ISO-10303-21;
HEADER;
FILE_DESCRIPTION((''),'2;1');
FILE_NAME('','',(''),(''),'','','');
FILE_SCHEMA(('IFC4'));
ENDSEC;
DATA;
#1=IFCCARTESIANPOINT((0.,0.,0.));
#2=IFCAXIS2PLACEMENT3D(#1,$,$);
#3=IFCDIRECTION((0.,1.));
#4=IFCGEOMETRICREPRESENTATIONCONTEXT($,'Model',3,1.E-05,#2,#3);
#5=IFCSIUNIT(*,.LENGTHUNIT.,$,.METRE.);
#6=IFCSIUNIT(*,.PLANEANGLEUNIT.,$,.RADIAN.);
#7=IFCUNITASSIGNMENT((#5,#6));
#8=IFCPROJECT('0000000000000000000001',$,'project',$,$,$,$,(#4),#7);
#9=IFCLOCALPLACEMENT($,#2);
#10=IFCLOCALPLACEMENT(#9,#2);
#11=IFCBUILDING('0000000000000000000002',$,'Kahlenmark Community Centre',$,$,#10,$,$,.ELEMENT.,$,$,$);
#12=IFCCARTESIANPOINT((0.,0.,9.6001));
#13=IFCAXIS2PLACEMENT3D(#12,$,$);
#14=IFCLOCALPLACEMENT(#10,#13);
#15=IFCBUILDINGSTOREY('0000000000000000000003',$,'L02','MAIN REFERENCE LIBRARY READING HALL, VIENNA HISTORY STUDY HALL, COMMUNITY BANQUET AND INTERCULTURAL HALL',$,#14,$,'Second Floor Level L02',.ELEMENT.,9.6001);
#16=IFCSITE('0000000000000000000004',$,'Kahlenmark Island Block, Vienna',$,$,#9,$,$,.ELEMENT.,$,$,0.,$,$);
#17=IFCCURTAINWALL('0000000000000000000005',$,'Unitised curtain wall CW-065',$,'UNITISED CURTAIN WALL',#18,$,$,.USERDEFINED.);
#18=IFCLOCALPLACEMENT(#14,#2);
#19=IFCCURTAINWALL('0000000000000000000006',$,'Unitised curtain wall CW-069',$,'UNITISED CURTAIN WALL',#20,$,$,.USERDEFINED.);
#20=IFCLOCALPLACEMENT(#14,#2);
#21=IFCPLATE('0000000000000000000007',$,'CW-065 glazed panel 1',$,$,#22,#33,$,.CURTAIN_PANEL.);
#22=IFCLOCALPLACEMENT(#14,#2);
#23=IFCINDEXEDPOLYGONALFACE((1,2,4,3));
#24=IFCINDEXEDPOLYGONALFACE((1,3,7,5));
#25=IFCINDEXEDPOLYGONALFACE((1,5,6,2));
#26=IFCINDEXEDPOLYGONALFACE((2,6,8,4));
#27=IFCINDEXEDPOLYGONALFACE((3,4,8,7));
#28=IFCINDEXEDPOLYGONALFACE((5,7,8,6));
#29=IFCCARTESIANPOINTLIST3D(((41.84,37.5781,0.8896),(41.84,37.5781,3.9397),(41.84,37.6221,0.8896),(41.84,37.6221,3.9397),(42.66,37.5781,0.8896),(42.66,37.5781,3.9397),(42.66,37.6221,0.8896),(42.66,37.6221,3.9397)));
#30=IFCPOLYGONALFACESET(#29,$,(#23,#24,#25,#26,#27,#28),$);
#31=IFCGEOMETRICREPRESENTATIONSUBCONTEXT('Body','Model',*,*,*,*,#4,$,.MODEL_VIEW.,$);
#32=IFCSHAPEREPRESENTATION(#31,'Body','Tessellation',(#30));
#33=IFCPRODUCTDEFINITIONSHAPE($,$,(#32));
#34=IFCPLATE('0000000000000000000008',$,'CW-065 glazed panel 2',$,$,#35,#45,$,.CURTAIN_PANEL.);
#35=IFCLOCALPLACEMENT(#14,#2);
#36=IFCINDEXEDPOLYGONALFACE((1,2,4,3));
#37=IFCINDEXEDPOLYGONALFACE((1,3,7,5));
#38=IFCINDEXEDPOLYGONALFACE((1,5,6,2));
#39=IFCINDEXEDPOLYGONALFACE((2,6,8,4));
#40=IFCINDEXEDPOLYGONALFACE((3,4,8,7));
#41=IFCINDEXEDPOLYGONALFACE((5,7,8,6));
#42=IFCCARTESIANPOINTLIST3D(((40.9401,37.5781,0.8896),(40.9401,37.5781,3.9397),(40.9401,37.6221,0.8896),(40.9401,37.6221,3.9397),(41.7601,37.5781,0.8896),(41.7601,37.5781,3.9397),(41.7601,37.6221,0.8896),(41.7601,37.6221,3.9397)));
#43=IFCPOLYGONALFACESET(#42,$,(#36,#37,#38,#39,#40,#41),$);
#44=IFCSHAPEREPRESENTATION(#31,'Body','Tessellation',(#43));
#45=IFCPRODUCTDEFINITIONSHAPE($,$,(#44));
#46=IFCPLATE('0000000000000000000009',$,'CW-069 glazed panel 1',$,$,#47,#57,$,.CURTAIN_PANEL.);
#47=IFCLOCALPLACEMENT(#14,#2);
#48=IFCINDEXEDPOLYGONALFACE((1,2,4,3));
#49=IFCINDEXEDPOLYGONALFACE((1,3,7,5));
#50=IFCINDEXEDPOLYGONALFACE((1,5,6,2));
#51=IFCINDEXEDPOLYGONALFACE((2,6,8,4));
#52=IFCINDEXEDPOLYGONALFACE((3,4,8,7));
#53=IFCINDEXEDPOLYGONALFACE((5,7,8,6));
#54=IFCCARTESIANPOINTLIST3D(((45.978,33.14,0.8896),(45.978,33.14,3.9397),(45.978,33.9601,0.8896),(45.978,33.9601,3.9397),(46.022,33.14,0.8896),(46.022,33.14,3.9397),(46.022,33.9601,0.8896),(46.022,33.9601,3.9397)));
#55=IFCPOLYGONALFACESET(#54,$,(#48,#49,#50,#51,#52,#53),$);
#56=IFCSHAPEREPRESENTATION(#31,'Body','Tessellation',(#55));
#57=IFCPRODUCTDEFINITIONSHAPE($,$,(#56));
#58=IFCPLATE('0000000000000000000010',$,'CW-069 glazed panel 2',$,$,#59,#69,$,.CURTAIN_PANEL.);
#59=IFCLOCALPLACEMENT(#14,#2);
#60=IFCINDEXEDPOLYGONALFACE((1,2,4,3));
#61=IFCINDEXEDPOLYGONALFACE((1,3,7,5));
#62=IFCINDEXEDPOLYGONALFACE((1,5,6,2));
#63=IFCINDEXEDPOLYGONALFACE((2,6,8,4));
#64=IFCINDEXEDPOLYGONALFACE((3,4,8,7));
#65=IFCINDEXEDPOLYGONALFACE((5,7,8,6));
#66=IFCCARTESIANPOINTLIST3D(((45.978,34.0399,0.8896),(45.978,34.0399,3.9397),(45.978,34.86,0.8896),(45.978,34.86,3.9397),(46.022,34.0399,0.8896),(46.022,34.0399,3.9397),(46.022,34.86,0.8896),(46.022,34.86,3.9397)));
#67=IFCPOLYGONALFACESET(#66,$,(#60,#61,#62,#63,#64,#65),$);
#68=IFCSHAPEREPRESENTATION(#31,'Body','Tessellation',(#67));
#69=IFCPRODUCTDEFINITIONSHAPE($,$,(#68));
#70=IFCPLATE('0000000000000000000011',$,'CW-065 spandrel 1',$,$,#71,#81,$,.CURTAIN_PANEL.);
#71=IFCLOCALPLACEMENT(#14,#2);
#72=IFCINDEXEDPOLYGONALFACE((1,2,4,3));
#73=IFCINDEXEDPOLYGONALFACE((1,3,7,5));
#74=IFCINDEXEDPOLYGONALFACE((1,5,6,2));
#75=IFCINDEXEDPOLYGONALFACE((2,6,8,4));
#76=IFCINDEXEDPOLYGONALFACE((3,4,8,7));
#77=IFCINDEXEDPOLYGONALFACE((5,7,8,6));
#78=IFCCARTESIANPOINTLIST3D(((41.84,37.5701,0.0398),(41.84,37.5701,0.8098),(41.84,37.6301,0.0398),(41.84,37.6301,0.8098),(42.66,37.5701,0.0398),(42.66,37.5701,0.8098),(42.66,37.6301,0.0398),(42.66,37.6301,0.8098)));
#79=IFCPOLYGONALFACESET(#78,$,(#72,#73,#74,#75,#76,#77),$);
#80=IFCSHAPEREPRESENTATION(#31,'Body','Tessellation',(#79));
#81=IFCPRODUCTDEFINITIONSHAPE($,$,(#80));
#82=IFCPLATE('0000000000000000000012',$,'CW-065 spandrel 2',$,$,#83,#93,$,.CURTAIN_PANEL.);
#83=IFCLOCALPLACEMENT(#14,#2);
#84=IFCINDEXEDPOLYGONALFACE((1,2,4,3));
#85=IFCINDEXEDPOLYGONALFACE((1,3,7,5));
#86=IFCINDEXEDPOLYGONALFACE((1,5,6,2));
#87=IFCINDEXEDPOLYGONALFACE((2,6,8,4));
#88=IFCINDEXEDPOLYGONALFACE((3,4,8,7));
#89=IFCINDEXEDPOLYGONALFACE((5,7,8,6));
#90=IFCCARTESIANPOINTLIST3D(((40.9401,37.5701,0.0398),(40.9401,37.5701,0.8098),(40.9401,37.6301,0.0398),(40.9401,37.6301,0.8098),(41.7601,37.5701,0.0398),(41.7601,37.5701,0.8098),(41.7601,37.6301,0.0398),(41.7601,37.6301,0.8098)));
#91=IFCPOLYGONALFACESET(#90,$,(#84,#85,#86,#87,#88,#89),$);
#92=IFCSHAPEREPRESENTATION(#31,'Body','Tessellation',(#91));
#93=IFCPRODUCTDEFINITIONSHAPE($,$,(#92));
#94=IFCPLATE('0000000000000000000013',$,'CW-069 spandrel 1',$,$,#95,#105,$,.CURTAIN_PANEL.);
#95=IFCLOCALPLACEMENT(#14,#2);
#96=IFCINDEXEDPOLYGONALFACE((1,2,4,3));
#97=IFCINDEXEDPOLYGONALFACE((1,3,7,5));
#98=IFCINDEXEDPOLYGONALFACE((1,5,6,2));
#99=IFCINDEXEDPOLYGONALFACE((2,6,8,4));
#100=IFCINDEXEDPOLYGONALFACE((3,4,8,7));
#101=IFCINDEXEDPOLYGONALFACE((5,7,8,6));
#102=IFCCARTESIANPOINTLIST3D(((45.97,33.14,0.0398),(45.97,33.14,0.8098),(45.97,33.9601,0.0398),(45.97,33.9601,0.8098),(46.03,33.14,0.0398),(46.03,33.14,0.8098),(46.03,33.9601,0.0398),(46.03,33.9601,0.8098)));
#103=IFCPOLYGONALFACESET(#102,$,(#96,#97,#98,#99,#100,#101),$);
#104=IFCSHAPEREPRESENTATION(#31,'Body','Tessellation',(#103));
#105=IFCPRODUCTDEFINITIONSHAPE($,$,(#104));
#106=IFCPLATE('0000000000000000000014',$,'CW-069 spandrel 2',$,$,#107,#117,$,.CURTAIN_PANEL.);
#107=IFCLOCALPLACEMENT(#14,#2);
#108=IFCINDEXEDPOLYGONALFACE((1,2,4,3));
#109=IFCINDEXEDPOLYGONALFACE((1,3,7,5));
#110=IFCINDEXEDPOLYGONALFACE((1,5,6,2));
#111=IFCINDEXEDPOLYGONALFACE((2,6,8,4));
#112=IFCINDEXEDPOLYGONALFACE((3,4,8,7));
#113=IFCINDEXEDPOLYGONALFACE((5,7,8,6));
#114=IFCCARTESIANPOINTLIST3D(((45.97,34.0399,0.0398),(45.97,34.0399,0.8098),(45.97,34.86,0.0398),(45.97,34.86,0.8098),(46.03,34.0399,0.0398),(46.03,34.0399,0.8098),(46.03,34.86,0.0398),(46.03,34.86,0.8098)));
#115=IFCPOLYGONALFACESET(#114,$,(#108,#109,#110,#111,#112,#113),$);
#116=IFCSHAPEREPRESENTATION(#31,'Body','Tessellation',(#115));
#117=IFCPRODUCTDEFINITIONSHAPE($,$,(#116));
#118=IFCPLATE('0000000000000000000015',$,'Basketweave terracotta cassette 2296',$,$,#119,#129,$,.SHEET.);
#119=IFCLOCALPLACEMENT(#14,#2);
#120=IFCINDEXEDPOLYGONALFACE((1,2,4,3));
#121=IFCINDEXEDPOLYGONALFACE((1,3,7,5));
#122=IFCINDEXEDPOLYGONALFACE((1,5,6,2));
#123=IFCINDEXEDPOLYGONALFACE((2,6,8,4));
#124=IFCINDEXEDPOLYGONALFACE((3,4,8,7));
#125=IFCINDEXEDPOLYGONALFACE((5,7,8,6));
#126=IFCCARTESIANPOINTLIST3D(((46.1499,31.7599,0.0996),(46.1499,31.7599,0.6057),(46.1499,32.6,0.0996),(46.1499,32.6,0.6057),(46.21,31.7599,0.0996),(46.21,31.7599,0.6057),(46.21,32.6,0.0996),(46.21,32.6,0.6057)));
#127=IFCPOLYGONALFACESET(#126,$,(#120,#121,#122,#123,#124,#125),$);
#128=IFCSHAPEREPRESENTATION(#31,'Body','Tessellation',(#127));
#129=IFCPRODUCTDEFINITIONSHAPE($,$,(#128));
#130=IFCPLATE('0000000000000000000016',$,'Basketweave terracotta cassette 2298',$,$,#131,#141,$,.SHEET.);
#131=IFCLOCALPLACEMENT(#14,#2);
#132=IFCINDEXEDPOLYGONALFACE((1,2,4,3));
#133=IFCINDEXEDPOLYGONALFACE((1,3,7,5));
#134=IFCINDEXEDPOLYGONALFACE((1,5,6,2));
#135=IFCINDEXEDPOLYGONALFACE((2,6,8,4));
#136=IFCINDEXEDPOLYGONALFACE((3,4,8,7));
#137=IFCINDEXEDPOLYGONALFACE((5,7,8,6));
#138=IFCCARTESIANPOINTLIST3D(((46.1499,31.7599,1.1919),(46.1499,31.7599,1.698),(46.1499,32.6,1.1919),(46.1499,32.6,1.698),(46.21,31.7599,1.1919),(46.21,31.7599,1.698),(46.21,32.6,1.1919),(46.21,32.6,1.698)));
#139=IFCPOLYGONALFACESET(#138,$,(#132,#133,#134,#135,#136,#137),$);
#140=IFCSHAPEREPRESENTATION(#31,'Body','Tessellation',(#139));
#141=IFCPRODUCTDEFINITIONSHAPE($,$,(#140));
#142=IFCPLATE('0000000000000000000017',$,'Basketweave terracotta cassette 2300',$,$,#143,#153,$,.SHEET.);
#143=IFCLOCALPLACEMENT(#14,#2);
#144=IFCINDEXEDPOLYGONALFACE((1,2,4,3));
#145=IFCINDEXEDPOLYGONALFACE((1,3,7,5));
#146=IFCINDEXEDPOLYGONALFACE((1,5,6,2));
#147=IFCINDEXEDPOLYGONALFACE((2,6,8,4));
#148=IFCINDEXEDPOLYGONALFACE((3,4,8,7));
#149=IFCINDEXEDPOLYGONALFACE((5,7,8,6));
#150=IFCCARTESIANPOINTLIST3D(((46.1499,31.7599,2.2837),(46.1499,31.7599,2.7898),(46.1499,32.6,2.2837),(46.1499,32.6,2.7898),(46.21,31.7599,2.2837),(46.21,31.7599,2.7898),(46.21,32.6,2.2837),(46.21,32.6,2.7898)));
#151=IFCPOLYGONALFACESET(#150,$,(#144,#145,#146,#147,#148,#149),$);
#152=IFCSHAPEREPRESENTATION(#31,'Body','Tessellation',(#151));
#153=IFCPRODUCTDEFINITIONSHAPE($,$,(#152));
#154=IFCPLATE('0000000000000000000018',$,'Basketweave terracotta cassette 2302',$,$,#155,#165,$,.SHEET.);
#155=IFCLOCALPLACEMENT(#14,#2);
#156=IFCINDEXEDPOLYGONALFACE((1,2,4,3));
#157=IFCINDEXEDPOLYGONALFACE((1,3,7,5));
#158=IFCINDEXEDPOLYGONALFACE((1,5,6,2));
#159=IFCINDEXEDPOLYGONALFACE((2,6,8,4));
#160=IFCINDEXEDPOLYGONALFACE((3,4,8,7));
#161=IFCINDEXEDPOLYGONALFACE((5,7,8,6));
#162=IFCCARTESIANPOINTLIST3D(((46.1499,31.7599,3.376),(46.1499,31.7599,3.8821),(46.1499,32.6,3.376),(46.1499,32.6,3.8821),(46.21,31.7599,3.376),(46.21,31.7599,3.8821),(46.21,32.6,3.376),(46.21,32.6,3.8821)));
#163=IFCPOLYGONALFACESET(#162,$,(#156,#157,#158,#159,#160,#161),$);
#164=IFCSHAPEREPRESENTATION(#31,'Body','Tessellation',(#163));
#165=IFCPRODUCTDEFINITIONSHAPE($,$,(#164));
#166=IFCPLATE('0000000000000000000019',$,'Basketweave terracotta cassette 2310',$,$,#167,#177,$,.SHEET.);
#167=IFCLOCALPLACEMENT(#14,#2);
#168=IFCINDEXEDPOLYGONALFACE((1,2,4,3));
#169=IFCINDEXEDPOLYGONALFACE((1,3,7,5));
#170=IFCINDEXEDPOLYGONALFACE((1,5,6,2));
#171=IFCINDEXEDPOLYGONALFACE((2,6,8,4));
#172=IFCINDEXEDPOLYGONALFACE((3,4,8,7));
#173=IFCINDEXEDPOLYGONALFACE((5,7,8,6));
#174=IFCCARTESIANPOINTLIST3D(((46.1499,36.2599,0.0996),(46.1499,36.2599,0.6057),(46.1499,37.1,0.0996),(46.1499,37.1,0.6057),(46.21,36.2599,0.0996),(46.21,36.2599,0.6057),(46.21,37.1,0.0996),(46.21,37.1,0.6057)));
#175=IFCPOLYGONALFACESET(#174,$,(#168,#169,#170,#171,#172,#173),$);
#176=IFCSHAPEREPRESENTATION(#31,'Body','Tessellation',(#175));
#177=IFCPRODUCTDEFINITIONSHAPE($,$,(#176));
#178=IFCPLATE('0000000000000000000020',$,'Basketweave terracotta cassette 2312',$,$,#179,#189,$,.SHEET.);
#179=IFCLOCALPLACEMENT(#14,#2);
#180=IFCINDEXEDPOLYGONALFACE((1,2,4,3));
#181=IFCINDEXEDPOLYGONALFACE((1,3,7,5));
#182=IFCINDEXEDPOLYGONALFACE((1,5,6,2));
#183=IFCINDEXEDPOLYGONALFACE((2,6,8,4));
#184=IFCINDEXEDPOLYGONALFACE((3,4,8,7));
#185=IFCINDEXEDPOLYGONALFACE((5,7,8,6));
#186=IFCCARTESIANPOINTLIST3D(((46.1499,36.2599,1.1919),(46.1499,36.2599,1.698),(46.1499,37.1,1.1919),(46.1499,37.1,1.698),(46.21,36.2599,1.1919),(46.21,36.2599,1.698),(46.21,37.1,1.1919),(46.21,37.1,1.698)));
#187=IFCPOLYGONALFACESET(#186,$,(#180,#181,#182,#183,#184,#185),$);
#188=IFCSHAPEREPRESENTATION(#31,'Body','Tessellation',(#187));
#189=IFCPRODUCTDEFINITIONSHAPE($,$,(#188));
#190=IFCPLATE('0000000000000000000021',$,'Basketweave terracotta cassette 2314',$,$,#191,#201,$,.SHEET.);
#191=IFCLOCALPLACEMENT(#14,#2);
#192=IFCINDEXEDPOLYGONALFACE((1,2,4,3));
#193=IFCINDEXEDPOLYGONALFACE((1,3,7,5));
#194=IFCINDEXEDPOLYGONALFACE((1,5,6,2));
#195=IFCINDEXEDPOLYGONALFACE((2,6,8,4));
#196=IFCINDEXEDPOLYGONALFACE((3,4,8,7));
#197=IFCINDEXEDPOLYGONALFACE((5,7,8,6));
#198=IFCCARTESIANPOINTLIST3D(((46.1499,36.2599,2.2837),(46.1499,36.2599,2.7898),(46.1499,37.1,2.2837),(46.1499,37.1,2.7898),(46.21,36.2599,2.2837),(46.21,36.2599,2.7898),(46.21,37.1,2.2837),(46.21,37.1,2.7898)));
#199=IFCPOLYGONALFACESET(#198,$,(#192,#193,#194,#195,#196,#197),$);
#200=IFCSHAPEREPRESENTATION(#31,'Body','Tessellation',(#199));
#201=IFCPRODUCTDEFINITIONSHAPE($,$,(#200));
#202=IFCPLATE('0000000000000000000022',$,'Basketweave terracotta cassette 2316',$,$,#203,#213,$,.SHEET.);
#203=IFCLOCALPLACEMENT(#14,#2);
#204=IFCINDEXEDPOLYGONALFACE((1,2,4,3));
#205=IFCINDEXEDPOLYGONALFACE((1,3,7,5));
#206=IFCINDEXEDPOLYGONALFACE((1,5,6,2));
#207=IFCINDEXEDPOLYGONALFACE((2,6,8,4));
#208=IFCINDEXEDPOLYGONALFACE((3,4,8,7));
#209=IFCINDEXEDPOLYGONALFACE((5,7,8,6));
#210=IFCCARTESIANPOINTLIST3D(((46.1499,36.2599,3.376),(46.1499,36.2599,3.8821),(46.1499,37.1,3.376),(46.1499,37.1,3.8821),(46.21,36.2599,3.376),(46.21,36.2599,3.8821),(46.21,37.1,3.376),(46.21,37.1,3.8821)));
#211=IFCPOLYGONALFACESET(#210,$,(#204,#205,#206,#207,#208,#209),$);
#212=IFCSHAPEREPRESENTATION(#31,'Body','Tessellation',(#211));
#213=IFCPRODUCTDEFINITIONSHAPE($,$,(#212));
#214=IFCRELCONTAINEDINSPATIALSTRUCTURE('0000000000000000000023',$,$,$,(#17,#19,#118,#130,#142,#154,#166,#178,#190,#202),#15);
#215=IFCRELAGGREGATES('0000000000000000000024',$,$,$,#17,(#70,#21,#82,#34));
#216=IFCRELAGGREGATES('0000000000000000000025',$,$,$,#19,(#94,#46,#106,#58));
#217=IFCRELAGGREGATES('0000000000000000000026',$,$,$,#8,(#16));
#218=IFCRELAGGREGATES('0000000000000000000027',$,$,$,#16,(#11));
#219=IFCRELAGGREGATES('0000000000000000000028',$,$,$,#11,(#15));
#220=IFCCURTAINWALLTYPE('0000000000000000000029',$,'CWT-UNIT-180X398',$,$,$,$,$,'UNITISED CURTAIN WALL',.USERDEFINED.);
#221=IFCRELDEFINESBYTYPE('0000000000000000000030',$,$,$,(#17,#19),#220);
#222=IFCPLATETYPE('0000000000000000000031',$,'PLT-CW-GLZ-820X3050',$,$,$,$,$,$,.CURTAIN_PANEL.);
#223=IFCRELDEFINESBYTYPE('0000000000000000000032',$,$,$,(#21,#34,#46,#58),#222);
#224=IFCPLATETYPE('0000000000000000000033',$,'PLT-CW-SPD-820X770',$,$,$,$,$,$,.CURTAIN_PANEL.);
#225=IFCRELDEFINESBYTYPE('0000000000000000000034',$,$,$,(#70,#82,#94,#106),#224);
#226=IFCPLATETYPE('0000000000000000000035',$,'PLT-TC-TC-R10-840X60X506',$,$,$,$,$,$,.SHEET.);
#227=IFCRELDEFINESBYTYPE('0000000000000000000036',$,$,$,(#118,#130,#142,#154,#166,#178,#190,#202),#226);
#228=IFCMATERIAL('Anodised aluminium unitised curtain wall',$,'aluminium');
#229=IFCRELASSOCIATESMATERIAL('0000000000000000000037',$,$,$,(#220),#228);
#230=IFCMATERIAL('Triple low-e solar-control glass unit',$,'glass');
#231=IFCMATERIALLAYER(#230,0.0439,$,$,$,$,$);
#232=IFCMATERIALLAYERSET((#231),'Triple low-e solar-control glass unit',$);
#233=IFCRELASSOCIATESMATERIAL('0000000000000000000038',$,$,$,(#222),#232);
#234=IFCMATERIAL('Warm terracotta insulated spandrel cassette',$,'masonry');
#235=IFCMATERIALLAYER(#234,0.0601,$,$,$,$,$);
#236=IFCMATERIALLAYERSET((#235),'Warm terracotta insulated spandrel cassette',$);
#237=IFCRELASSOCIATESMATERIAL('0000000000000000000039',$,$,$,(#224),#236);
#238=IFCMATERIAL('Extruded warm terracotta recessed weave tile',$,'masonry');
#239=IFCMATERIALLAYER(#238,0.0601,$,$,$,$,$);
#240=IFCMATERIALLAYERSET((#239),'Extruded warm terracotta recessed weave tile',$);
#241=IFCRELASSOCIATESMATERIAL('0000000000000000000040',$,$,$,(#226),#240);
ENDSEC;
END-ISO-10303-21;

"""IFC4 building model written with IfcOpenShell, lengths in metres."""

from ifc_helpers import new_model, si_unit, direction, frame, origin, origin_2d, place, context, subcontext, project, spatial, rectangle, extrude, material, layer, layer_set, type_object, element, aggregate, save


model = new_model("IFC4")

# Units and contexts
model_context = context("Model", 3, precision=1e-05, world=origin(), true_north=direction((0.0, 1.0)))
body_context = subcontext(model_context, "Body", "Model", "MODEL_VIEW")
ifc_project = project(units=[si_unit("LENGTHUNIT", "METRE"), si_unit("PLANEANGLEUNIT", "RADIAN")], contexts=[model_context])

# Site, building, storey
site_placement = place(None, origin())
site = spatial("IfcSite", under=ifc_project, at=site_placement, Name="Kahlenmark Island Block, Vienna", CompositionType="ELEMENT", RefElevation=0.0)
building_placement = place(site_placement, origin())
building = spatial("IfcBuilding", under=site, at=building_placement, Name="Kahlenmark Community Centre", CompositionType="ELEMENT")
storey_placement = place(building_placement, frame((0.0, 0.0, 9.6001)))
storey = spatial("IfcBuildingStorey", under=building, at=storey_placement, Name="L02", Description="MAIN REFERENCE LIBRARY READING HALL, VIENNA HISTORY STUDY HALL, COMMUNITY BANQUET AND INTERCULTURAL HALL", LongName="Second Floor Level L02", CompositionType="ELEMENT", Elevation=9.6001)

# Curtain walls
ifc_material_1 = material(Name="Anodised aluminium unitised curtain wall", Category="aluminium")
curtain_wall_type = type_object("IfcCurtainWallType", Name="CWT-UNIT-180X398", ElementType="UNITISED CURTAIN WALL", PredefinedType="USERDEFINED", material=ifc_material_1)
curtain_wall_1_placement = place(storey_placement, origin())
curtain_wall_1 = element("IfcCurtainWall", 1, at=curtain_wall_1_placement, inside=storey, type_object=curtain_wall_type, Name="Unitised curtain wall CW-065", ObjectType="UNITISED CURTAIN WALL", PredefinedType="USERDEFINED")
curtain_wall_2_placement = place(storey_placement, origin())
curtain_wall_2 = element("IfcCurtainWall", 2, at=curtain_wall_2_placement, inside=storey, type_object=curtain_wall_type, Name="Unitised curtain wall CW-069", ObjectType="UNITISED CURTAIN WALL", PredefinedType="USERDEFINED")

# Plates
ifc_material_2 = material(Name="Triple low-e solar-control glass unit", Category="glass")
ifc_layer_1 = layer(ifc_material_2, 0.0439)
ifc_layer_set_1 = layer_set([ifc_layer_1], Name="Triple low-e solar-control glass unit")
plate_type_1 = type_object("IfcPlateType", Name="PLT-CW-GLZ-820X3050", PredefinedType="CURTAIN_PANEL", material=ifc_layer_set_1)
plate_1_placement = place(storey_placement, frame((42.25, 37.6001, 0.8896), z_axis=(0.0, 0.0, 1.0), x_axis=(-1.0, 0.0, 0.0)))
plate_1 = element("IfcPlate", 3, at=plate_1_placement, type_object=plate_type_1, Name="CW-065 glazed panel 1", PredefinedType="CURTAIN_PANEL", context=body_context, shape_type="SweptSolid", body=[
    extrude(rectangle(XDim=0.8201, YDim=0.0439, at=origin_2d()), origin(), (0.0, 0.0, 1.0), 3.05),
])
plate_2_placement = place(storey_placement, frame((41.3501, 37.6001, 0.8896), z_axis=(0.0, 0.0, 1.0), x_axis=(-1.0, 0.0, 0.0)))
plate_2 = element("IfcPlate", 4, at=plate_2_placement, type_object=plate_type_1, Name="CW-065 glazed panel 2", PredefinedType="CURTAIN_PANEL", context=body_context, shape_type="SweptSolid", body=[
    extrude(rectangle(XDim=0.8201, YDim=0.0439, at=origin_2d()), origin(), (0.0, 0.0, 1.0), 3.05),
])
plate_3_placement = place(storey_placement, frame((46.0, 33.55, 0.8896), z_axis=(0.0, 0.0, 1.0), x_axis=(0.0, 1.0, 0.0)))
plate_3 = element("IfcPlate", 5, at=plate_3_placement, type_object=plate_type_1, Name="CW-069 glazed panel 1", PredefinedType="CURTAIN_PANEL", context=body_context, shape_type="SweptSolid", body=[
    extrude(rectangle(XDim=0.8201, YDim=0.0439, at=origin_2d()), origin(), (0.0, 0.0, 1.0), 3.05),
])
plate_4_placement = place(storey_placement, frame((46.0, 34.45, 0.8896), z_axis=(0.0, 0.0, 1.0), x_axis=(0.0, 1.0, 0.0)))
plate_4 = element("IfcPlate", 6, at=plate_4_placement, type_object=plate_type_1, Name="CW-069 glazed panel 2", PredefinedType="CURTAIN_PANEL", context=body_context, shape_type="SweptSolid", body=[
    extrude(rectangle(XDim=0.8201, YDim=0.0439, at=origin_2d()), origin(), (0.0, 0.0, 1.0), 3.05),
])
ifc_material_3 = material(Name="Warm terracotta insulated spandrel cassette", Category="masonry")
ifc_layer_2 = layer(ifc_material_3, 0.0601)
ifc_layer_set_2 = layer_set([ifc_layer_2], Name="Warm terracotta insulated spandrel cassette")
plate_type_2 = type_object("IfcPlateType", Name="PLT-CW-SPD-820X770", PredefinedType="CURTAIN_PANEL", material=ifc_layer_set_2)
plate_5_placement = place(storey_placement, frame((42.25, 37.6001, 0.0398), z_axis=(0.0, 0.0, 1.0), x_axis=(-1.0, 0.0, 0.0)))
plate_5 = element("IfcPlate", 7, at=plate_5_placement, type_object=plate_type_2, Name="CW-065 spandrel 1", PredefinedType="CURTAIN_PANEL", context=body_context, shape_type="SweptSolid", body=[
    extrude(rectangle(XDim=0.8201, YDim=0.0601, at=origin_2d()), origin(), (0.0, 0.0, 1.0), 0.77),
])
plate_6_placement = place(storey_placement, frame((41.3501, 37.6001, 0.0398), z_axis=(0.0, 0.0, 1.0), x_axis=(-1.0, 0.0, 0.0)))
plate_6 = element("IfcPlate", 8, at=plate_6_placement, type_object=plate_type_2, Name="CW-065 spandrel 2", PredefinedType="CURTAIN_PANEL", context=body_context, shape_type="SweptSolid", body=[
    extrude(rectangle(XDim=0.8201, YDim=0.0601, at=origin_2d()), origin(), (0.0, 0.0, 1.0), 0.77),
])
aggregate(curtain_wall_1, [plate_5, plate_1, plate_6, plate_2])
plate_7_placement = place(storey_placement, frame((46.0, 33.55, 0.0398), z_axis=(0.0, 0.0, 1.0), x_axis=(0.0, 1.0, 0.0)))
plate_7 = element("IfcPlate", 9, at=plate_7_placement, type_object=plate_type_2, Name="CW-069 spandrel 1", PredefinedType="CURTAIN_PANEL", context=body_context, shape_type="SweptSolid", body=[
    extrude(rectangle(XDim=0.8201, YDim=0.0601, at=origin_2d()), origin(), (0.0, 0.0, 1.0), 0.77),
])
plate_8_placement = place(storey_placement, frame((46.0, 34.45, 0.0398), z_axis=(0.0, 0.0, 1.0), x_axis=(0.0, 1.0, 0.0)))
plate_8 = element("IfcPlate", 10, at=plate_8_placement, type_object=plate_type_2, Name="CW-069 spandrel 2", PredefinedType="CURTAIN_PANEL", context=body_context, shape_type="SweptSolid", body=[
    extrude(rectangle(XDim=0.8201, YDim=0.0601, at=origin_2d()), origin(), (0.0, 0.0, 1.0), 0.77),
])
aggregate(curtain_wall_2, [plate_7, plate_3, plate_8, plate_4])

# Plates
ifc_material_4 = material(Name="Extruded warm terracotta recessed weave tile", Category="masonry")
ifc_layer_3 = layer(ifc_material_4, 0.0601)
ifc_layer_set_3 = layer_set([ifc_layer_3], Name="Extruded warm terracotta recessed weave tile")
plate_type_3 = type_object("IfcPlateType", Name="PLT-TC-TC-R10-840X60X506", PredefinedType="SHEET", material=ifc_layer_set_3)
for number, where, z_axis, x_axis, name in (
    (11, (46.1799, 32.1799, 0.0996), (0.0, 0.0, 1.0), (0.0, 1.0, 0.0), "Basketweave terracotta cassette 2296"),
    (12, (46.1799, 32.1799, 1.1919), (0.0, 0.0, 1.0), (0.0, 1.0, 0.0), "Basketweave terracotta cassette 2298"),
    (13, (46.1799, 32.1799, 2.2837), (0.0, 0.0, 1.0), (0.0, 1.0, 0.0), "Basketweave terracotta cassette 2300"),
    (14, (46.1799, 32.1799, 3.376), (0.0, 0.0, 1.0), (0.0, 1.0, 0.0), "Basketweave terracotta cassette 2302"),
    (15, (46.1799, 36.6799, 0.0996), (0.0, 0.0, 1.0), (0.0, 1.0, 0.0), "Basketweave terracotta cassette 2310"),
    (16, (46.1799, 36.6799, 1.1919), (0.0, 0.0, 1.0), (0.0, 1.0, 0.0), "Basketweave terracotta cassette 2312"),
    (17, (46.1799, 36.6799, 2.2837), (0.0, 0.0, 1.0), (0.0, 1.0, 0.0), "Basketweave terracotta cassette 2314"),
    (18, (46.1799, 36.6799, 3.376), (0.0, 0.0, 1.0), (0.0, 1.0, 0.0), "Basketweave terracotta cassette 2316"),
):
    element("IfcPlate", number, at=place(storey_placement, frame(where, z_axis=z_axis, x_axis=x_axis)), inside=storey, type_object=plate_type_3, Name=name, PredefinedType="SHEET", context=body_context, shape_type="SweptSolid", body=[
        extrude(rectangle(XDim=0.8401, YDim=0.0601, at=origin_2d()), origin(), (0.0, 0.0, 1.0), 0.5061),
    ])

save(model, "model.ifc")
